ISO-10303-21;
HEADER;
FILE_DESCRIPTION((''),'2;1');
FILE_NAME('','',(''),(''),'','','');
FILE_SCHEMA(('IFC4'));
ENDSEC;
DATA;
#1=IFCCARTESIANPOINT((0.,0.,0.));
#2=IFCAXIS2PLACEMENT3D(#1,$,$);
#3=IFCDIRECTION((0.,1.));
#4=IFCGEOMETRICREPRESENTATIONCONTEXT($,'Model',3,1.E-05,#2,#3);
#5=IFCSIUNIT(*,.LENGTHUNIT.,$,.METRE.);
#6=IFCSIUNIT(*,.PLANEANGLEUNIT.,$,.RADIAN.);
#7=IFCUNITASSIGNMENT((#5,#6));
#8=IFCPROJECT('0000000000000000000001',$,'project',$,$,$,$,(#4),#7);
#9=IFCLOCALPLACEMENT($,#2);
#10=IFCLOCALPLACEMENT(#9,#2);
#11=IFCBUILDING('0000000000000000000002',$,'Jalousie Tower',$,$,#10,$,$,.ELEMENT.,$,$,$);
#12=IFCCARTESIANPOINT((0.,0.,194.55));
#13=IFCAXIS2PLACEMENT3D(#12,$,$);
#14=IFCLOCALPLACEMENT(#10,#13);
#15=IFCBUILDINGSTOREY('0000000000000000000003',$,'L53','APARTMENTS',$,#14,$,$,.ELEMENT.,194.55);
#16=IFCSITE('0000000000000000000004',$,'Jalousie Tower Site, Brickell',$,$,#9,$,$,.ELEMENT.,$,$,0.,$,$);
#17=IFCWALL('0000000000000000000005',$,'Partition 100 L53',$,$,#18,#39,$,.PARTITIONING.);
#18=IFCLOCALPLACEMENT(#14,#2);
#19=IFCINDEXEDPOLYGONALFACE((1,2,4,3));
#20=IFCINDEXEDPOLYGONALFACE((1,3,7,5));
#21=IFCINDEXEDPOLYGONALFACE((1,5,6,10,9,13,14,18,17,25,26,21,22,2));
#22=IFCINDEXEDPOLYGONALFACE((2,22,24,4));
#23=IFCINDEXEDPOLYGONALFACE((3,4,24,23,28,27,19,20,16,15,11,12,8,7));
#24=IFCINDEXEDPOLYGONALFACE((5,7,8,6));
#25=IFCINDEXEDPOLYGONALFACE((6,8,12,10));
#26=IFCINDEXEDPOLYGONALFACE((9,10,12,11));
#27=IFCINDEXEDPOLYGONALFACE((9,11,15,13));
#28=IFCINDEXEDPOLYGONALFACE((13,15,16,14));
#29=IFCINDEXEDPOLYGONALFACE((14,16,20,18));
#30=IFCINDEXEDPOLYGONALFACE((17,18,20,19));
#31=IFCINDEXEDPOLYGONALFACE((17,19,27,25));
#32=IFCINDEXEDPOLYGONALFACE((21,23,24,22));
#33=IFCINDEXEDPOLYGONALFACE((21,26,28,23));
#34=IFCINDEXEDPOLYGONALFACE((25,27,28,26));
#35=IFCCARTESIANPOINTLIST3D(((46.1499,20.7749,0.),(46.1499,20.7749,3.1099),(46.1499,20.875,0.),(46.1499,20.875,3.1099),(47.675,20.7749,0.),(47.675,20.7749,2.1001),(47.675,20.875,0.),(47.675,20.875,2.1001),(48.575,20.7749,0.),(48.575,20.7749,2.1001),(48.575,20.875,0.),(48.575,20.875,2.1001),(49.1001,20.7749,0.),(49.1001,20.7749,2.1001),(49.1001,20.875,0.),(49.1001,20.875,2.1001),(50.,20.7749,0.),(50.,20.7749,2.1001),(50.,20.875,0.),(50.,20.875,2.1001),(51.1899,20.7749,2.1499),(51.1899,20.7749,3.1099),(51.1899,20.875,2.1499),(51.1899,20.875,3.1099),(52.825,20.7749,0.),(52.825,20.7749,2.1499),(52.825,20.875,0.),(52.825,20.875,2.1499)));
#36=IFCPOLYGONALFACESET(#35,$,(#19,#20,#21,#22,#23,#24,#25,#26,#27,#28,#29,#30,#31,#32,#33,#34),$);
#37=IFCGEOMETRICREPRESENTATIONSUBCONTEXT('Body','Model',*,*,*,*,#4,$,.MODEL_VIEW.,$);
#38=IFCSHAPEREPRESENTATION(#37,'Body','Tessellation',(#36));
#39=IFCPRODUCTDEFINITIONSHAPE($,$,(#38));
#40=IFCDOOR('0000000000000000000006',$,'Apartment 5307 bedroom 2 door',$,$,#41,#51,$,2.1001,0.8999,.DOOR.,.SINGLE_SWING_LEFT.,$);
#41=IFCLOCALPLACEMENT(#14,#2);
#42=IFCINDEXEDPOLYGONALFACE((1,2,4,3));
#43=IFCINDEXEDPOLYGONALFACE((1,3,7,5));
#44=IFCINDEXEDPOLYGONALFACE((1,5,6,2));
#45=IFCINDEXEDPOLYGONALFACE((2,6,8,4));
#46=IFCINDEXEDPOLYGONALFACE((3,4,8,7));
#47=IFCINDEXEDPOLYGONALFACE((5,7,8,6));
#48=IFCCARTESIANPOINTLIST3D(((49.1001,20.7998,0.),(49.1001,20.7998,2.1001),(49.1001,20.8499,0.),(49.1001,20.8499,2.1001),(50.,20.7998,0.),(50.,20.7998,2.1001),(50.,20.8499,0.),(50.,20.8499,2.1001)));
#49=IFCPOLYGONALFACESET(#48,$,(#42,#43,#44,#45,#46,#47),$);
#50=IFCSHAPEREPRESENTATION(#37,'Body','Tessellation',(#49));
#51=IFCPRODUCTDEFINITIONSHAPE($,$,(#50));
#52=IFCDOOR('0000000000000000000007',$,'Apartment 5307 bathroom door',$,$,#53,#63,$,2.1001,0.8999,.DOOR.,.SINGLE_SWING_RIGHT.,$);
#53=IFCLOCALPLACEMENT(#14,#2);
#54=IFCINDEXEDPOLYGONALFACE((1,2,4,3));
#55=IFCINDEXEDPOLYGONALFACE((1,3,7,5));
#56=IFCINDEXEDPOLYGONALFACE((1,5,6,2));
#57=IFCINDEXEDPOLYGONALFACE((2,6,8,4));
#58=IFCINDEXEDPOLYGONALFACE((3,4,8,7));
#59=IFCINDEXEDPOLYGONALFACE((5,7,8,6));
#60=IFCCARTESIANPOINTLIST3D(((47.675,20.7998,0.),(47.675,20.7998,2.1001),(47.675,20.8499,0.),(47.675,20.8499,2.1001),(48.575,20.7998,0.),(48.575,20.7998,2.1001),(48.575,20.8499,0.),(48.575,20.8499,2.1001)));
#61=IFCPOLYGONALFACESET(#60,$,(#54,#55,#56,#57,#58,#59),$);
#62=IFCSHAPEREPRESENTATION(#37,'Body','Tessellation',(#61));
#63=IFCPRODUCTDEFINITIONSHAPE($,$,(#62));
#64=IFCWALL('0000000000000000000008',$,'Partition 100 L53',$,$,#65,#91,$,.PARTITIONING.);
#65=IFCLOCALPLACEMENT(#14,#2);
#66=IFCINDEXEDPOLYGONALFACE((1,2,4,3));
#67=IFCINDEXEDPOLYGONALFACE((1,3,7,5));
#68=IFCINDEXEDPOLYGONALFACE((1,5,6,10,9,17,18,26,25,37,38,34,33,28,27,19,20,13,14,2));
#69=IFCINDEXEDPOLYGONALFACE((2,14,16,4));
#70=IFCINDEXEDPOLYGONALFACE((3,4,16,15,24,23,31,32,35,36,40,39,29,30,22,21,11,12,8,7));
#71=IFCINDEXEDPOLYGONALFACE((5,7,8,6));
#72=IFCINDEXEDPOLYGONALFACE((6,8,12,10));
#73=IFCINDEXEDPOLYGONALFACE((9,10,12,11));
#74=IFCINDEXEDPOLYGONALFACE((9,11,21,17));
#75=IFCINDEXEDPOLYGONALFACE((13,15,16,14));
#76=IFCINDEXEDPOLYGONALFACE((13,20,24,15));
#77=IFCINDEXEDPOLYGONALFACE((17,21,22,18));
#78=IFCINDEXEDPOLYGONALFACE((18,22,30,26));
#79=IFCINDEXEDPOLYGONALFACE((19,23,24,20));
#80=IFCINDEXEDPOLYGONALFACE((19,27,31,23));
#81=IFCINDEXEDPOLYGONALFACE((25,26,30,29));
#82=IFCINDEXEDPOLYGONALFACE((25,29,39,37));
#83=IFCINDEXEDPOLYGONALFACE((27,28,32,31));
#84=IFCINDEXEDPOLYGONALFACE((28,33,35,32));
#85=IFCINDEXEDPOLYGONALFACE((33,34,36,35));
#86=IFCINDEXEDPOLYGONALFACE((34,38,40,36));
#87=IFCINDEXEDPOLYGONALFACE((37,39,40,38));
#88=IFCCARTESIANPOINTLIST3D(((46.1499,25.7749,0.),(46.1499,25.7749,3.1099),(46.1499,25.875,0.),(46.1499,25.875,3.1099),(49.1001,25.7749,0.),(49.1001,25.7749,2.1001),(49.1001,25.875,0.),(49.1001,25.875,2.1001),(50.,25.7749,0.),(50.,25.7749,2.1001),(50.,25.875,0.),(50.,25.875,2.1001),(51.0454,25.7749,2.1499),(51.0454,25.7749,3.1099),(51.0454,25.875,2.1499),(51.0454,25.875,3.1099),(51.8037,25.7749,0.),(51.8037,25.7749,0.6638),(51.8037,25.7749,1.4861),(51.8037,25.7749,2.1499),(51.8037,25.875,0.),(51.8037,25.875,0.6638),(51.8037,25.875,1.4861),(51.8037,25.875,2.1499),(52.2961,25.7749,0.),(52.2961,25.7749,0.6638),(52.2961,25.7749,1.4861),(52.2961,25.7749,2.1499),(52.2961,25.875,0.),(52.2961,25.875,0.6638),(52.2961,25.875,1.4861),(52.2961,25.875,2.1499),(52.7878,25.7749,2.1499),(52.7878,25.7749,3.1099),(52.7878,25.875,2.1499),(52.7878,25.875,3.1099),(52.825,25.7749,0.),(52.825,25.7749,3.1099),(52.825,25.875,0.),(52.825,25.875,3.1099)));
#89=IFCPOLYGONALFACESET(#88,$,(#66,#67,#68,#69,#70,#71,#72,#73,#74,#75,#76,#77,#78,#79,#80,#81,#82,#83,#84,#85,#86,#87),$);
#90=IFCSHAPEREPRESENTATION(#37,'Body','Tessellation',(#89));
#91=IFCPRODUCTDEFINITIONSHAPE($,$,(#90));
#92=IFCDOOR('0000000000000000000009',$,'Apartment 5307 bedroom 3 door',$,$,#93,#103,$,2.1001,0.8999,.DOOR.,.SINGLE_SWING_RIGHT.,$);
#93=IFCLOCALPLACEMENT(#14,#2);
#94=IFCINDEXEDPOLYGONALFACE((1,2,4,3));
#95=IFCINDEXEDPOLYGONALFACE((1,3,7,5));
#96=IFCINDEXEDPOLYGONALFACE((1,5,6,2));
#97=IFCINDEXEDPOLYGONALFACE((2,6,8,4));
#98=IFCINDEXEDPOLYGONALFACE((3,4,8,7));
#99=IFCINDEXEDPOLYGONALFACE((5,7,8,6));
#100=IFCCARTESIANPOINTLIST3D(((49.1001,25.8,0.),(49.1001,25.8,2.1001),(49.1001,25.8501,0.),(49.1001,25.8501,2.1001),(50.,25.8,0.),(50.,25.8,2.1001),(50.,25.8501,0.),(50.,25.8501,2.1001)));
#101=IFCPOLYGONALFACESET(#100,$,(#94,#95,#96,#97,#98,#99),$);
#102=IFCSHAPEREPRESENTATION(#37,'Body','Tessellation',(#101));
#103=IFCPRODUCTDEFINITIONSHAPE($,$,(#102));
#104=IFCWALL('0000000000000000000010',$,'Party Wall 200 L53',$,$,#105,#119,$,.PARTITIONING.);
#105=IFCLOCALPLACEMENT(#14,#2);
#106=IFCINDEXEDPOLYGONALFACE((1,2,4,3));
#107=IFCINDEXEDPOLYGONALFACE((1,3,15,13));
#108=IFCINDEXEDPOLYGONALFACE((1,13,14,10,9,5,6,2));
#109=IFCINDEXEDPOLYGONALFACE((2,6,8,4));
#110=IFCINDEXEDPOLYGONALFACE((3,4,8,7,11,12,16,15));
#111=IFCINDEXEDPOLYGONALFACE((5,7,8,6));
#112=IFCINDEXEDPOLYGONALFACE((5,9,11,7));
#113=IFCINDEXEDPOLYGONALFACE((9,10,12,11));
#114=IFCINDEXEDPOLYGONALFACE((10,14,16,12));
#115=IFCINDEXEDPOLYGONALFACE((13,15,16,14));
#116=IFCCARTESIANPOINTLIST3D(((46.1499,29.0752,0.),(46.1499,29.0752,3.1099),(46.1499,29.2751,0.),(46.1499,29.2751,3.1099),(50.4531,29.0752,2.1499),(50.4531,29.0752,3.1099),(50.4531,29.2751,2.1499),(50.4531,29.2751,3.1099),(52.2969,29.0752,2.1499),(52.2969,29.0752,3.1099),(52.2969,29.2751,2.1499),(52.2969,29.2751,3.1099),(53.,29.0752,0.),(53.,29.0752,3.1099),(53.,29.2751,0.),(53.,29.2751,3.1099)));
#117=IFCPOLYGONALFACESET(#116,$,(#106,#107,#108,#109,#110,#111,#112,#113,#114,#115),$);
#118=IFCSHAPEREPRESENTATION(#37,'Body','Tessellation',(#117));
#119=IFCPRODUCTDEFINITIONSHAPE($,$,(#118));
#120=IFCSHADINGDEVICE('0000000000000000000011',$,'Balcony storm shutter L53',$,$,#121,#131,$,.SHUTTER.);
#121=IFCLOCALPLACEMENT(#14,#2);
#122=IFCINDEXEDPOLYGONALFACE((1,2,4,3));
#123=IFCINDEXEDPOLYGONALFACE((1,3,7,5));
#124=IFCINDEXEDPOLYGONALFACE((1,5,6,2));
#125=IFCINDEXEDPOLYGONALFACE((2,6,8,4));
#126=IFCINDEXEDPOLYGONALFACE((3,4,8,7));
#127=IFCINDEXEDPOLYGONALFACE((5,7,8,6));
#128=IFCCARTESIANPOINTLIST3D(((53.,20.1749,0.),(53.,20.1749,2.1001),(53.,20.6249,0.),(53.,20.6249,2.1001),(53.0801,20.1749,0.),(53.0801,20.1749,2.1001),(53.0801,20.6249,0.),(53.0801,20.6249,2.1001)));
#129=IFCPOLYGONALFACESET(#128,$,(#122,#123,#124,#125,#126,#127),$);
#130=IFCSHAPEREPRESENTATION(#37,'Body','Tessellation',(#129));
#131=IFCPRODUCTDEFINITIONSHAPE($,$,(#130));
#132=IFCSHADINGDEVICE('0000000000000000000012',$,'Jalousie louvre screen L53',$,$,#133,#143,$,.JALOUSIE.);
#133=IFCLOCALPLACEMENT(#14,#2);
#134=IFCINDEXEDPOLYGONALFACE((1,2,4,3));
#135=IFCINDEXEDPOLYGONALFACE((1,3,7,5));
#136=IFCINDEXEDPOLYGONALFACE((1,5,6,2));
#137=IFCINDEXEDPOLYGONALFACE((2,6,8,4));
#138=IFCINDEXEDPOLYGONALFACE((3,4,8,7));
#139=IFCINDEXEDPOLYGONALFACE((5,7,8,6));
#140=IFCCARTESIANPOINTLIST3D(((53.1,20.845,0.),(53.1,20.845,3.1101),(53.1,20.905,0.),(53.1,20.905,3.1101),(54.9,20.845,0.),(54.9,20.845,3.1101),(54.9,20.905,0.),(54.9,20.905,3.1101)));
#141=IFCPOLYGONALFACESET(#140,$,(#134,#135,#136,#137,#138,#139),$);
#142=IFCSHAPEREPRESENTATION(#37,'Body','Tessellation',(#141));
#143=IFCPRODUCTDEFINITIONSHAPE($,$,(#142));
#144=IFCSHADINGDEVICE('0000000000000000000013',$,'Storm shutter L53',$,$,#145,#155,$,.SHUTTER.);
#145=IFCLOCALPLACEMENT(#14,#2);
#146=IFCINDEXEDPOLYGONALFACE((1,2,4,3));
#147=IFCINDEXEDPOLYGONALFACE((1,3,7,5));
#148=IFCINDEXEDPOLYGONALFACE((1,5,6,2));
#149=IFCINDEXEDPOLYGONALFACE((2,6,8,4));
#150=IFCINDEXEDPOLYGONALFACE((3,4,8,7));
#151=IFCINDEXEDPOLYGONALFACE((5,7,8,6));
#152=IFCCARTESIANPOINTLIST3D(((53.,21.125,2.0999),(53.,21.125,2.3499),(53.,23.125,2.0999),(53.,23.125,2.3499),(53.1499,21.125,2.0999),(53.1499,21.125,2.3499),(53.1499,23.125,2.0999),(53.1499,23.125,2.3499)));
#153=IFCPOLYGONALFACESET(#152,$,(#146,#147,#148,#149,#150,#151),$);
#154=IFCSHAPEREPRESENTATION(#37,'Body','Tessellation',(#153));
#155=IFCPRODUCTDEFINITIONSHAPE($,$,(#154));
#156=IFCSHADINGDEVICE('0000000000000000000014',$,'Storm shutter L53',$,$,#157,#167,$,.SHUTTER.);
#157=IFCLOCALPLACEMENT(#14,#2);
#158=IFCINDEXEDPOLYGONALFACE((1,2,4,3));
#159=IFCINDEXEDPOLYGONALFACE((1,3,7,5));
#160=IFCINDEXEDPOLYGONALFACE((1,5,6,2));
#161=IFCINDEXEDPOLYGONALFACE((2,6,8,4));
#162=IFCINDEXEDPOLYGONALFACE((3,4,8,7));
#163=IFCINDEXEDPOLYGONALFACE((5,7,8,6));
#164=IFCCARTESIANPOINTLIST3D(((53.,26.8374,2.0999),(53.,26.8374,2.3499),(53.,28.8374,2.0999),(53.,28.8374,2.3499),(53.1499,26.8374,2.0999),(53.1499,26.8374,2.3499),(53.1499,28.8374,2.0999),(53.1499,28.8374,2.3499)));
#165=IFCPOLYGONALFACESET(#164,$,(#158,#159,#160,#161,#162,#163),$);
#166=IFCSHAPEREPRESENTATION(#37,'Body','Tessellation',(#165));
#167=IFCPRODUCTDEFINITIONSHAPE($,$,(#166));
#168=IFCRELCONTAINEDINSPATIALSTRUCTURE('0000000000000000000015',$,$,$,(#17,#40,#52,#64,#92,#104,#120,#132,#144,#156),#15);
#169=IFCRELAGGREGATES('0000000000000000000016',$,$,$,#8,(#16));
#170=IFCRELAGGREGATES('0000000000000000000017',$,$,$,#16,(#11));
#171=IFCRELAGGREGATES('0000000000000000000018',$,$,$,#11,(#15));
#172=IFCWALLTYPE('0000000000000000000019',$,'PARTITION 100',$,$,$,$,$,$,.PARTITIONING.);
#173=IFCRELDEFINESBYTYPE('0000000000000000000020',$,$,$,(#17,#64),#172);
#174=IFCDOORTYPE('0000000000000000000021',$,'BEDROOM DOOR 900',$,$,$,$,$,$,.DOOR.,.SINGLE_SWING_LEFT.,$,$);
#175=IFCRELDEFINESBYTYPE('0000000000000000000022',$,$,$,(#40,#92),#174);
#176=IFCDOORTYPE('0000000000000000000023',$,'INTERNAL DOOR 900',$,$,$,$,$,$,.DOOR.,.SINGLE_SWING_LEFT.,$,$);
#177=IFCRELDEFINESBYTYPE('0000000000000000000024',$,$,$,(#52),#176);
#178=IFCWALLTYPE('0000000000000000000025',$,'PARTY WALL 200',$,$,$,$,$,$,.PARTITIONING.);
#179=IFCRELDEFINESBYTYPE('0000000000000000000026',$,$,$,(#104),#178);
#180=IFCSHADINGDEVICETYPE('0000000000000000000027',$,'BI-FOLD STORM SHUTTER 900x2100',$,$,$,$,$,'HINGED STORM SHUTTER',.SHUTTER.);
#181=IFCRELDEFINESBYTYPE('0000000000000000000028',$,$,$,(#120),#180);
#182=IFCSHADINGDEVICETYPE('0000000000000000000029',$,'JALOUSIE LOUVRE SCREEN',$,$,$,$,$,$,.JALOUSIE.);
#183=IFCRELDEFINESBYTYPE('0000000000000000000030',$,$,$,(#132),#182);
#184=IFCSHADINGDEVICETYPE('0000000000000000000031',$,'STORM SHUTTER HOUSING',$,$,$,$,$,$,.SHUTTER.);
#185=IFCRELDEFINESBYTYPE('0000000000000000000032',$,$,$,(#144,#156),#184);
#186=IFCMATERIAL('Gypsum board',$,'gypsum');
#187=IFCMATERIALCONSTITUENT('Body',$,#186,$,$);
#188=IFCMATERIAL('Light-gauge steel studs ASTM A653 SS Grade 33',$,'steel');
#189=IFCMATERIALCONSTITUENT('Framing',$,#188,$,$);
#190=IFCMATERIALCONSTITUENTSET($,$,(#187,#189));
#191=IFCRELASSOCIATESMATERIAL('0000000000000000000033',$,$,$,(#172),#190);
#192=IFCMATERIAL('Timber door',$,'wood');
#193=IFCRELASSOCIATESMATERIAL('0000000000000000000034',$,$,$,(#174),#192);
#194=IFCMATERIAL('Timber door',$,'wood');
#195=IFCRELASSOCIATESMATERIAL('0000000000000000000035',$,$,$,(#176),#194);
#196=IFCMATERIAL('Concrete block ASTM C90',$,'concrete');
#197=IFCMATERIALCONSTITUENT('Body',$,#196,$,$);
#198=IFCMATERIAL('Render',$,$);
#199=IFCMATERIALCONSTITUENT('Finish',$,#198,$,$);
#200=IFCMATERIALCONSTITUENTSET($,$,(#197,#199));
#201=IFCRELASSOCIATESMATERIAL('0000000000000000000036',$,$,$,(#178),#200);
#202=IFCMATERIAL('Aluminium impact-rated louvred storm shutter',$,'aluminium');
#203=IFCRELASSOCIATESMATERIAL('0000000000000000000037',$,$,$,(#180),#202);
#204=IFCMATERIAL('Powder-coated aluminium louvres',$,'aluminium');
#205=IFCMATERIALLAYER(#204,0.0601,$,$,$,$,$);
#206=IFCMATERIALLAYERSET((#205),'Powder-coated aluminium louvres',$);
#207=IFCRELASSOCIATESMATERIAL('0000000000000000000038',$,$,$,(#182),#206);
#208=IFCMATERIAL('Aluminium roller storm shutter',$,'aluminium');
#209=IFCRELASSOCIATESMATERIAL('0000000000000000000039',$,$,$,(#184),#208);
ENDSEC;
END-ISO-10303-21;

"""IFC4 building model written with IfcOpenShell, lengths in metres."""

from ifc_helpers import new_model, si_unit, direction, frame, frame_2d, origin, origin_2d, place, context, subcontext, project, spatial, polyline, rectangle, outline, extrude, material, layer, layer_set, constituent, constituent_set, type_object, element, fill, save


model = new_model("IFC4")

# Units and contexts
model_context = context("Model", 3, precision=1e-05, world=origin(), true_north=direction((0.0, 1.0)))
body_context = subcontext(model_context, "Body", "Model", "MODEL_VIEW")
ifc_project = project(units=[si_unit("LENGTHUNIT", "METRE"), si_unit("PLANEANGLEUNIT", "RADIAN")], contexts=[model_context])

# Site, building, storey
site_placement = place(None, origin())
site = spatial("IfcSite", under=ifc_project, at=site_placement, Name="Jalousie Tower Site, Brickell", CompositionType="ELEMENT", RefElevation=0.0)
building_placement = place(site_placement, origin())
building = spatial("IfcBuilding", under=site, at=building_placement, Name="Jalousie Tower", CompositionType="ELEMENT")
storey_placement = place(building_placement, frame((0.0, 0.0, 194.55)))
storey = spatial("IfcBuildingStorey", under=building, at=storey_placement, Name="L53", Description="APARTMENTS", CompositionType="ELEMENT", Elevation=194.55)

# Wall, openings, doors
ifc_material_1 = material(Name="Gypsum board", Category="gypsum")
ifc_constituent_1 = constituent(ifc_material_1, Name="Body")
ifc_material_2 = material(Name="Light-gauge steel studs ASTM A653 SS Grade 33", Category="steel")
ifc_constituent_2 = constituent(ifc_material_2, Name="Framing")
ifc_constituent_set_1 = constituent_set(constituents=[ifc_constituent_1, ifc_constituent_2])
wall_type_1 = type_object("IfcWallType", Name="PARTITION 100", PredefinedType="PARTITIONING", material=ifc_constituent_set_1)
wall_1_placement = place(storey_placement, frame((52.825, 20.825, 0.0), z_axis=(0.0, 0.0, 1.0), x_axis=(-1.0, 0.0, 0.0)))
wall_1 = element("IfcWall", 1, at=wall_1_placement, inside=storey, type_object=wall_type_1, Name="Partition 100 L53", PredefinedType="PARTITIONING", context=body_context, shape_type="SweptSolid", body=[
    extrude(outline(polyline([(0.0, 0.0), (6.675, 0.0), (6.675, 3.1099), (1.635, 3.1099), (1.635, 2.1499), (0.0, 2.1499), (0.0, 3.1099), (0.0, 0.0)])), frame((0.0, 0.05, 0.0), z_axis=(0.0, -1.0, 0.0), x_axis=(1.0, 0.0, 0.0)), (0.0, 0.0, 1.0), 0.1001),
])
opening_1_placement = place(wall_1_placement, frame((2.825, 0.0, 0.0)))
opening_1 = element("IfcOpeningElement", 2, at=opening_1_placement, cuts=wall_1, PredefinedType="OPENING", context=body_context, shape_type="SweptSolid", body=[
    extrude(rectangle(XDim=0.8999, YDim=2.1001, at=frame_2d((0.45, 1.05))), frame((0.0, 0.0601, 0.0), z_axis=(0.0, -1.0, 0.0), x_axis=(1.0, 0.0, 0.0)), (0.0, 0.0, 1.0), 0.1201),
])
opening_2_placement = place(wall_1_placement, frame((4.25, 0.0, 0.0)))
opening_2 = element("IfcOpeningElement", 3, at=opening_2_placement, cuts=wall_1, PredefinedType="OPENING", context=body_context, shape_type="SweptSolid", body=[
    extrude(rectangle(XDim=0.8999, YDim=2.1001, at=frame_2d((0.45, 1.05))), frame((0.0, 0.0601, 0.0), z_axis=(0.0, -1.0, 0.0), x_axis=(1.0, 0.0, 0.0)), (0.0, 0.0, 1.0), 0.1201),
])
ifc_material_3 = material(Name="Timber door", Category="wood")
door_type_1 = type_object("IfcDoorType", Name="BEDROOM DOOR 900", OperationType="SINGLE_SWING_LEFT", PredefinedType="DOOR", material=ifc_material_3)
door_1_placement = place(opening_1_placement, frame((0.8999, 0.0, 0.0), z_axis=(0.0, 0.0, 1.0), x_axis=(-1.0, 0.0, 0.0)))
door_1 = element("IfcDoor", 4, at=door_1_placement, inside=storey, type_object=door_type_1, Name="Apartment 5307 bedroom 2 door", OperationType="SINGLE_SWING_LEFT", OverallHeight=2.1001, OverallWidth=0.8999, PredefinedType="DOOR", context=body_context, shape_type="SweptSolid", body=[
    extrude(rectangle(XDim=0.8999, YDim=2.1001, at=frame_2d((0.45, 1.05))), frame((0.0, 0.0249, 0.0), z_axis=(0.0, -1.0, 0.0), x_axis=(1.0, 0.0, 0.0)), (0.0, 0.0, 1.0), 0.05),
])
fill(opening_1, door_1)
ifc_material_4 = material(Name="Timber door", Category="wood")
door_type_2 = type_object("IfcDoorType", Name="INTERNAL DOOR 900", OperationType="SINGLE_SWING_LEFT", PredefinedType="DOOR", material=ifc_material_4)
door_2_placement = place(opening_2_placement, frame((0.8999, 0.0, 0.0), z_axis=(0.0, 0.0, 1.0), x_axis=(-1.0, 0.0, 0.0)))
door_2 = element("IfcDoor", 5, at=door_2_placement, inside=storey, type_object=door_type_2, Name="Apartment 5307 bathroom door", OperationType="SINGLE_SWING_RIGHT", OverallHeight=2.1001, OverallWidth=0.8999, PredefinedType="DOOR", context=body_context, shape_type="SweptSolid", body=[
    extrude(rectangle(XDim=0.8999, YDim=2.1001, at=frame_2d((0.45, 1.05))), frame((0.0, 0.0249, 0.0), z_axis=(0.0, -1.0, 0.0), x_axis=(1.0, 0.0, 0.0)), (0.0, 0.0, 1.0), 0.05),
])
fill(opening_2, door_2)

# Wall, opening, door
wall_2_placement = place(storey_placement, frame((52.825, 25.825, 0.0), z_axis=(0.0, 0.0, 1.0), x_axis=(-1.0, 0.0, 0.0)))
wall_2 = element("IfcWall", 6, at=wall_2_placement, inside=storey, type_object=wall_type_1, Name="Partition 100 L53", PredefinedType="PARTITIONING", context=body_context, shape_type="SweptSolid", body=[
    extrude(outline(polyline([(0.0371, 3.1099), (0.0, 3.1099), (0.0, 0.0), (0.5288, 0.0), (0.5288, 0.6638), (1.0212, 0.6638), (1.0212, 0.0), (6.675, 0.0), (6.675, 3.1099), (1.7795, 3.1099), (1.7795, 2.1499), (1.0212, 2.1499), (1.0212, 1.4861), (0.5288, 1.4861), (0.5288, 2.1499), (0.0371, 2.1499), (0.0371, 3.1099)])), frame((0.0, 0.05, 0.0), z_axis=(0.0, -1.0, 0.0), x_axis=(1.0, 0.0, 0.0)), (0.0, 0.0, 1.0), 0.1001),
])
opening_3_placement = place(wall_2_placement, frame((2.825, 0.0, 0.0)))
opening_3 = element("IfcOpeningElement", 7, at=opening_3_placement, cuts=wall_2, PredefinedType="OPENING", context=body_context, shape_type="SweptSolid", body=[
    extrude(rectangle(XDim=0.8999, YDim=2.1001, at=frame_2d((0.45, 1.05))), frame((0.0, 0.0601, 0.0), z_axis=(0.0, -1.0, 0.0), x_axis=(1.0, 0.0, 0.0)), (0.0, 0.0, 1.0), 0.1201),
])
door_3_placement = place(opening_3_placement, origin())
door_3 = element("IfcDoor", 8, at=door_3_placement, inside=storey, type_object=door_type_1, Name="Apartment 5307 bedroom 3 door", OperationType="SINGLE_SWING_RIGHT", OverallHeight=2.1001, OverallWidth=0.8999, PredefinedType="DOOR", context=body_context, shape_type="SweptSolid", body=[
    extrude(rectangle(XDim=0.8999, YDim=2.1001, at=frame_2d((0.45, 1.05))), frame((0.0, 0.0249, 0.0), z_axis=(0.0, -1.0, 0.0), x_axis=(1.0, 0.0, 0.0)), (0.0, 0.0, 1.0), 0.05),
])
fill(opening_3, door_3)

# Wall
ifc_material_5 = material(Name="Concrete block ASTM C90", Category="concrete")
ifc_constituent_3 = constituent(ifc_material_5, Name="Body")
ifc_material_6 = material(Name="Render")
ifc_constituent_4 = constituent(ifc_material_6, Name="Finish")
ifc_constituent_set_2 = constituent_set(constituents=[ifc_constituent_3, ifc_constituent_4])
wall_type_2 = type_object("IfcWallType", Name="PARTY WALL 200", PredefinedType="PARTITIONING", material=ifc_constituent_set_2)
wall_3_placement = place(storey_placement, frame((46.1499, 29.175, 0.0), z_axis=(0.0, 0.0, 1.0), x_axis=(1.0, 0.0, 0.0)))
element("IfcWall", 9, at=wall_3_placement, inside=storey, type_object=wall_type_2, Name="Party Wall 200 L53", PredefinedType="PARTITIONING", context=body_context, shape_type="SweptSolid", body=[
    extrude(outline(polyline([(0.0, 0.0), (6.8501, 0.0), (6.8501, 3.1099), (6.147, 3.1099), (6.147, 2.1499), (4.3032, 2.1499), (4.3032, 3.1099), (0.0, 3.1099), (0.0, 0.0)])), frame((0.0, 0.1001, 0.0), z_axis=(0.0, -1.0, 0.0), x_axis=(1.0, 0.0, 0.0)), (0.0, 0.0, 1.0), 0.2),
])

# Shading devices
ifc_material_7 = material(Name="Aluminium impact-rated louvred storm shutter", Category="aluminium")
shading_device_type_1 = type_object("IfcShadingDeviceType", Name="BI-FOLD STORM SHUTTER 900x2100", ElementType="HINGED STORM SHUTTER", PredefinedType="SHUTTER", material=ifc_material_7)
shading_device_1_placement = place(storey_placement, frame((53.04, 20.3999, 0.0), z_axis=(0.0, 0.0, 1.0), x_axis=(0.0, 1.0, 0.0)))
element("IfcShadingDevice", 10, at=shading_device_1_placement, inside=storey, type_object=shading_device_type_1, Name="Balcony storm shutter L53", PredefinedType="SHUTTER", context=body_context, shape_type="SweptSolid", body=[
    extrude(rectangle(XDim=0.45, YDim=0.0801, at=origin_2d()), origin(), (0.0, 0.0, 1.0), 2.1001),
])
ifc_material_8 = material(Name="Powder-coated aluminium louvres", Category="aluminium")
ifc_layer_1 = layer(ifc_material_8, 0.0601)
ifc_layer_set_1 = layer_set([ifc_layer_1], Name="Powder-coated aluminium louvres")
shading_device_type_2 = type_object("IfcShadingDeviceType", Name="JALOUSIE LOUVRE SCREEN", PredefinedType="JALOUSIE", material=ifc_layer_set_1)
shading_device_2_placement = place(storey_placement, frame((54.0, 20.875, 0.0), z_axis=(0.0, 0.0, 1.0), x_axis=(0.0, 1.0, 0.0)))
element("IfcShadingDevice", 11, at=shading_device_2_placement, inside=storey, type_object=shading_device_type_2, Name="Jalousie louvre screen L53", PredefinedType="JALOUSIE", context=body_context, shape_type="SweptSolid", body=[
    extrude(rectangle(XDim=0.0601, YDim=1.8, at=origin_2d()), origin(), (0.0, 0.0, 1.0), 3.1101),
])
ifc_material_9 = material(Name="Aluminium roller storm shutter", Category="aluminium")
shading_device_type_3 = type_object("IfcShadingDeviceType", Name="STORM SHUTTER HOUSING", PredefinedType="SHUTTER", material=ifc_material_9)
for number, where, z_axis, x_axis, name in (
    (12, (53.075, 22.125, 2.0999), (0.0, 0.0, 1.0), (0.0, 1.0, 0.0), "Storm shutter L53"),
    (13, (53.075, 27.8374, 2.0999), (0.0, 0.0, 1.0), (0.0, 1.0, 0.0), "Storm shutter L53"),
):
    element("IfcShadingDevice", number, at=place(storey_placement, frame(where, z_axis=z_axis, x_axis=x_axis)), inside=storey, type_object=shading_device_type_3, Name=name, PredefinedType="SHUTTER", context=body_context, shape_type="SweptSolid", body=[
        extrude(rectangle(XDim=2.0, YDim=0.1499, at=origin_2d()), origin(), (0.0, 0.0, 1.0), 0.25),
    ])

save(model, "model.ifc")
